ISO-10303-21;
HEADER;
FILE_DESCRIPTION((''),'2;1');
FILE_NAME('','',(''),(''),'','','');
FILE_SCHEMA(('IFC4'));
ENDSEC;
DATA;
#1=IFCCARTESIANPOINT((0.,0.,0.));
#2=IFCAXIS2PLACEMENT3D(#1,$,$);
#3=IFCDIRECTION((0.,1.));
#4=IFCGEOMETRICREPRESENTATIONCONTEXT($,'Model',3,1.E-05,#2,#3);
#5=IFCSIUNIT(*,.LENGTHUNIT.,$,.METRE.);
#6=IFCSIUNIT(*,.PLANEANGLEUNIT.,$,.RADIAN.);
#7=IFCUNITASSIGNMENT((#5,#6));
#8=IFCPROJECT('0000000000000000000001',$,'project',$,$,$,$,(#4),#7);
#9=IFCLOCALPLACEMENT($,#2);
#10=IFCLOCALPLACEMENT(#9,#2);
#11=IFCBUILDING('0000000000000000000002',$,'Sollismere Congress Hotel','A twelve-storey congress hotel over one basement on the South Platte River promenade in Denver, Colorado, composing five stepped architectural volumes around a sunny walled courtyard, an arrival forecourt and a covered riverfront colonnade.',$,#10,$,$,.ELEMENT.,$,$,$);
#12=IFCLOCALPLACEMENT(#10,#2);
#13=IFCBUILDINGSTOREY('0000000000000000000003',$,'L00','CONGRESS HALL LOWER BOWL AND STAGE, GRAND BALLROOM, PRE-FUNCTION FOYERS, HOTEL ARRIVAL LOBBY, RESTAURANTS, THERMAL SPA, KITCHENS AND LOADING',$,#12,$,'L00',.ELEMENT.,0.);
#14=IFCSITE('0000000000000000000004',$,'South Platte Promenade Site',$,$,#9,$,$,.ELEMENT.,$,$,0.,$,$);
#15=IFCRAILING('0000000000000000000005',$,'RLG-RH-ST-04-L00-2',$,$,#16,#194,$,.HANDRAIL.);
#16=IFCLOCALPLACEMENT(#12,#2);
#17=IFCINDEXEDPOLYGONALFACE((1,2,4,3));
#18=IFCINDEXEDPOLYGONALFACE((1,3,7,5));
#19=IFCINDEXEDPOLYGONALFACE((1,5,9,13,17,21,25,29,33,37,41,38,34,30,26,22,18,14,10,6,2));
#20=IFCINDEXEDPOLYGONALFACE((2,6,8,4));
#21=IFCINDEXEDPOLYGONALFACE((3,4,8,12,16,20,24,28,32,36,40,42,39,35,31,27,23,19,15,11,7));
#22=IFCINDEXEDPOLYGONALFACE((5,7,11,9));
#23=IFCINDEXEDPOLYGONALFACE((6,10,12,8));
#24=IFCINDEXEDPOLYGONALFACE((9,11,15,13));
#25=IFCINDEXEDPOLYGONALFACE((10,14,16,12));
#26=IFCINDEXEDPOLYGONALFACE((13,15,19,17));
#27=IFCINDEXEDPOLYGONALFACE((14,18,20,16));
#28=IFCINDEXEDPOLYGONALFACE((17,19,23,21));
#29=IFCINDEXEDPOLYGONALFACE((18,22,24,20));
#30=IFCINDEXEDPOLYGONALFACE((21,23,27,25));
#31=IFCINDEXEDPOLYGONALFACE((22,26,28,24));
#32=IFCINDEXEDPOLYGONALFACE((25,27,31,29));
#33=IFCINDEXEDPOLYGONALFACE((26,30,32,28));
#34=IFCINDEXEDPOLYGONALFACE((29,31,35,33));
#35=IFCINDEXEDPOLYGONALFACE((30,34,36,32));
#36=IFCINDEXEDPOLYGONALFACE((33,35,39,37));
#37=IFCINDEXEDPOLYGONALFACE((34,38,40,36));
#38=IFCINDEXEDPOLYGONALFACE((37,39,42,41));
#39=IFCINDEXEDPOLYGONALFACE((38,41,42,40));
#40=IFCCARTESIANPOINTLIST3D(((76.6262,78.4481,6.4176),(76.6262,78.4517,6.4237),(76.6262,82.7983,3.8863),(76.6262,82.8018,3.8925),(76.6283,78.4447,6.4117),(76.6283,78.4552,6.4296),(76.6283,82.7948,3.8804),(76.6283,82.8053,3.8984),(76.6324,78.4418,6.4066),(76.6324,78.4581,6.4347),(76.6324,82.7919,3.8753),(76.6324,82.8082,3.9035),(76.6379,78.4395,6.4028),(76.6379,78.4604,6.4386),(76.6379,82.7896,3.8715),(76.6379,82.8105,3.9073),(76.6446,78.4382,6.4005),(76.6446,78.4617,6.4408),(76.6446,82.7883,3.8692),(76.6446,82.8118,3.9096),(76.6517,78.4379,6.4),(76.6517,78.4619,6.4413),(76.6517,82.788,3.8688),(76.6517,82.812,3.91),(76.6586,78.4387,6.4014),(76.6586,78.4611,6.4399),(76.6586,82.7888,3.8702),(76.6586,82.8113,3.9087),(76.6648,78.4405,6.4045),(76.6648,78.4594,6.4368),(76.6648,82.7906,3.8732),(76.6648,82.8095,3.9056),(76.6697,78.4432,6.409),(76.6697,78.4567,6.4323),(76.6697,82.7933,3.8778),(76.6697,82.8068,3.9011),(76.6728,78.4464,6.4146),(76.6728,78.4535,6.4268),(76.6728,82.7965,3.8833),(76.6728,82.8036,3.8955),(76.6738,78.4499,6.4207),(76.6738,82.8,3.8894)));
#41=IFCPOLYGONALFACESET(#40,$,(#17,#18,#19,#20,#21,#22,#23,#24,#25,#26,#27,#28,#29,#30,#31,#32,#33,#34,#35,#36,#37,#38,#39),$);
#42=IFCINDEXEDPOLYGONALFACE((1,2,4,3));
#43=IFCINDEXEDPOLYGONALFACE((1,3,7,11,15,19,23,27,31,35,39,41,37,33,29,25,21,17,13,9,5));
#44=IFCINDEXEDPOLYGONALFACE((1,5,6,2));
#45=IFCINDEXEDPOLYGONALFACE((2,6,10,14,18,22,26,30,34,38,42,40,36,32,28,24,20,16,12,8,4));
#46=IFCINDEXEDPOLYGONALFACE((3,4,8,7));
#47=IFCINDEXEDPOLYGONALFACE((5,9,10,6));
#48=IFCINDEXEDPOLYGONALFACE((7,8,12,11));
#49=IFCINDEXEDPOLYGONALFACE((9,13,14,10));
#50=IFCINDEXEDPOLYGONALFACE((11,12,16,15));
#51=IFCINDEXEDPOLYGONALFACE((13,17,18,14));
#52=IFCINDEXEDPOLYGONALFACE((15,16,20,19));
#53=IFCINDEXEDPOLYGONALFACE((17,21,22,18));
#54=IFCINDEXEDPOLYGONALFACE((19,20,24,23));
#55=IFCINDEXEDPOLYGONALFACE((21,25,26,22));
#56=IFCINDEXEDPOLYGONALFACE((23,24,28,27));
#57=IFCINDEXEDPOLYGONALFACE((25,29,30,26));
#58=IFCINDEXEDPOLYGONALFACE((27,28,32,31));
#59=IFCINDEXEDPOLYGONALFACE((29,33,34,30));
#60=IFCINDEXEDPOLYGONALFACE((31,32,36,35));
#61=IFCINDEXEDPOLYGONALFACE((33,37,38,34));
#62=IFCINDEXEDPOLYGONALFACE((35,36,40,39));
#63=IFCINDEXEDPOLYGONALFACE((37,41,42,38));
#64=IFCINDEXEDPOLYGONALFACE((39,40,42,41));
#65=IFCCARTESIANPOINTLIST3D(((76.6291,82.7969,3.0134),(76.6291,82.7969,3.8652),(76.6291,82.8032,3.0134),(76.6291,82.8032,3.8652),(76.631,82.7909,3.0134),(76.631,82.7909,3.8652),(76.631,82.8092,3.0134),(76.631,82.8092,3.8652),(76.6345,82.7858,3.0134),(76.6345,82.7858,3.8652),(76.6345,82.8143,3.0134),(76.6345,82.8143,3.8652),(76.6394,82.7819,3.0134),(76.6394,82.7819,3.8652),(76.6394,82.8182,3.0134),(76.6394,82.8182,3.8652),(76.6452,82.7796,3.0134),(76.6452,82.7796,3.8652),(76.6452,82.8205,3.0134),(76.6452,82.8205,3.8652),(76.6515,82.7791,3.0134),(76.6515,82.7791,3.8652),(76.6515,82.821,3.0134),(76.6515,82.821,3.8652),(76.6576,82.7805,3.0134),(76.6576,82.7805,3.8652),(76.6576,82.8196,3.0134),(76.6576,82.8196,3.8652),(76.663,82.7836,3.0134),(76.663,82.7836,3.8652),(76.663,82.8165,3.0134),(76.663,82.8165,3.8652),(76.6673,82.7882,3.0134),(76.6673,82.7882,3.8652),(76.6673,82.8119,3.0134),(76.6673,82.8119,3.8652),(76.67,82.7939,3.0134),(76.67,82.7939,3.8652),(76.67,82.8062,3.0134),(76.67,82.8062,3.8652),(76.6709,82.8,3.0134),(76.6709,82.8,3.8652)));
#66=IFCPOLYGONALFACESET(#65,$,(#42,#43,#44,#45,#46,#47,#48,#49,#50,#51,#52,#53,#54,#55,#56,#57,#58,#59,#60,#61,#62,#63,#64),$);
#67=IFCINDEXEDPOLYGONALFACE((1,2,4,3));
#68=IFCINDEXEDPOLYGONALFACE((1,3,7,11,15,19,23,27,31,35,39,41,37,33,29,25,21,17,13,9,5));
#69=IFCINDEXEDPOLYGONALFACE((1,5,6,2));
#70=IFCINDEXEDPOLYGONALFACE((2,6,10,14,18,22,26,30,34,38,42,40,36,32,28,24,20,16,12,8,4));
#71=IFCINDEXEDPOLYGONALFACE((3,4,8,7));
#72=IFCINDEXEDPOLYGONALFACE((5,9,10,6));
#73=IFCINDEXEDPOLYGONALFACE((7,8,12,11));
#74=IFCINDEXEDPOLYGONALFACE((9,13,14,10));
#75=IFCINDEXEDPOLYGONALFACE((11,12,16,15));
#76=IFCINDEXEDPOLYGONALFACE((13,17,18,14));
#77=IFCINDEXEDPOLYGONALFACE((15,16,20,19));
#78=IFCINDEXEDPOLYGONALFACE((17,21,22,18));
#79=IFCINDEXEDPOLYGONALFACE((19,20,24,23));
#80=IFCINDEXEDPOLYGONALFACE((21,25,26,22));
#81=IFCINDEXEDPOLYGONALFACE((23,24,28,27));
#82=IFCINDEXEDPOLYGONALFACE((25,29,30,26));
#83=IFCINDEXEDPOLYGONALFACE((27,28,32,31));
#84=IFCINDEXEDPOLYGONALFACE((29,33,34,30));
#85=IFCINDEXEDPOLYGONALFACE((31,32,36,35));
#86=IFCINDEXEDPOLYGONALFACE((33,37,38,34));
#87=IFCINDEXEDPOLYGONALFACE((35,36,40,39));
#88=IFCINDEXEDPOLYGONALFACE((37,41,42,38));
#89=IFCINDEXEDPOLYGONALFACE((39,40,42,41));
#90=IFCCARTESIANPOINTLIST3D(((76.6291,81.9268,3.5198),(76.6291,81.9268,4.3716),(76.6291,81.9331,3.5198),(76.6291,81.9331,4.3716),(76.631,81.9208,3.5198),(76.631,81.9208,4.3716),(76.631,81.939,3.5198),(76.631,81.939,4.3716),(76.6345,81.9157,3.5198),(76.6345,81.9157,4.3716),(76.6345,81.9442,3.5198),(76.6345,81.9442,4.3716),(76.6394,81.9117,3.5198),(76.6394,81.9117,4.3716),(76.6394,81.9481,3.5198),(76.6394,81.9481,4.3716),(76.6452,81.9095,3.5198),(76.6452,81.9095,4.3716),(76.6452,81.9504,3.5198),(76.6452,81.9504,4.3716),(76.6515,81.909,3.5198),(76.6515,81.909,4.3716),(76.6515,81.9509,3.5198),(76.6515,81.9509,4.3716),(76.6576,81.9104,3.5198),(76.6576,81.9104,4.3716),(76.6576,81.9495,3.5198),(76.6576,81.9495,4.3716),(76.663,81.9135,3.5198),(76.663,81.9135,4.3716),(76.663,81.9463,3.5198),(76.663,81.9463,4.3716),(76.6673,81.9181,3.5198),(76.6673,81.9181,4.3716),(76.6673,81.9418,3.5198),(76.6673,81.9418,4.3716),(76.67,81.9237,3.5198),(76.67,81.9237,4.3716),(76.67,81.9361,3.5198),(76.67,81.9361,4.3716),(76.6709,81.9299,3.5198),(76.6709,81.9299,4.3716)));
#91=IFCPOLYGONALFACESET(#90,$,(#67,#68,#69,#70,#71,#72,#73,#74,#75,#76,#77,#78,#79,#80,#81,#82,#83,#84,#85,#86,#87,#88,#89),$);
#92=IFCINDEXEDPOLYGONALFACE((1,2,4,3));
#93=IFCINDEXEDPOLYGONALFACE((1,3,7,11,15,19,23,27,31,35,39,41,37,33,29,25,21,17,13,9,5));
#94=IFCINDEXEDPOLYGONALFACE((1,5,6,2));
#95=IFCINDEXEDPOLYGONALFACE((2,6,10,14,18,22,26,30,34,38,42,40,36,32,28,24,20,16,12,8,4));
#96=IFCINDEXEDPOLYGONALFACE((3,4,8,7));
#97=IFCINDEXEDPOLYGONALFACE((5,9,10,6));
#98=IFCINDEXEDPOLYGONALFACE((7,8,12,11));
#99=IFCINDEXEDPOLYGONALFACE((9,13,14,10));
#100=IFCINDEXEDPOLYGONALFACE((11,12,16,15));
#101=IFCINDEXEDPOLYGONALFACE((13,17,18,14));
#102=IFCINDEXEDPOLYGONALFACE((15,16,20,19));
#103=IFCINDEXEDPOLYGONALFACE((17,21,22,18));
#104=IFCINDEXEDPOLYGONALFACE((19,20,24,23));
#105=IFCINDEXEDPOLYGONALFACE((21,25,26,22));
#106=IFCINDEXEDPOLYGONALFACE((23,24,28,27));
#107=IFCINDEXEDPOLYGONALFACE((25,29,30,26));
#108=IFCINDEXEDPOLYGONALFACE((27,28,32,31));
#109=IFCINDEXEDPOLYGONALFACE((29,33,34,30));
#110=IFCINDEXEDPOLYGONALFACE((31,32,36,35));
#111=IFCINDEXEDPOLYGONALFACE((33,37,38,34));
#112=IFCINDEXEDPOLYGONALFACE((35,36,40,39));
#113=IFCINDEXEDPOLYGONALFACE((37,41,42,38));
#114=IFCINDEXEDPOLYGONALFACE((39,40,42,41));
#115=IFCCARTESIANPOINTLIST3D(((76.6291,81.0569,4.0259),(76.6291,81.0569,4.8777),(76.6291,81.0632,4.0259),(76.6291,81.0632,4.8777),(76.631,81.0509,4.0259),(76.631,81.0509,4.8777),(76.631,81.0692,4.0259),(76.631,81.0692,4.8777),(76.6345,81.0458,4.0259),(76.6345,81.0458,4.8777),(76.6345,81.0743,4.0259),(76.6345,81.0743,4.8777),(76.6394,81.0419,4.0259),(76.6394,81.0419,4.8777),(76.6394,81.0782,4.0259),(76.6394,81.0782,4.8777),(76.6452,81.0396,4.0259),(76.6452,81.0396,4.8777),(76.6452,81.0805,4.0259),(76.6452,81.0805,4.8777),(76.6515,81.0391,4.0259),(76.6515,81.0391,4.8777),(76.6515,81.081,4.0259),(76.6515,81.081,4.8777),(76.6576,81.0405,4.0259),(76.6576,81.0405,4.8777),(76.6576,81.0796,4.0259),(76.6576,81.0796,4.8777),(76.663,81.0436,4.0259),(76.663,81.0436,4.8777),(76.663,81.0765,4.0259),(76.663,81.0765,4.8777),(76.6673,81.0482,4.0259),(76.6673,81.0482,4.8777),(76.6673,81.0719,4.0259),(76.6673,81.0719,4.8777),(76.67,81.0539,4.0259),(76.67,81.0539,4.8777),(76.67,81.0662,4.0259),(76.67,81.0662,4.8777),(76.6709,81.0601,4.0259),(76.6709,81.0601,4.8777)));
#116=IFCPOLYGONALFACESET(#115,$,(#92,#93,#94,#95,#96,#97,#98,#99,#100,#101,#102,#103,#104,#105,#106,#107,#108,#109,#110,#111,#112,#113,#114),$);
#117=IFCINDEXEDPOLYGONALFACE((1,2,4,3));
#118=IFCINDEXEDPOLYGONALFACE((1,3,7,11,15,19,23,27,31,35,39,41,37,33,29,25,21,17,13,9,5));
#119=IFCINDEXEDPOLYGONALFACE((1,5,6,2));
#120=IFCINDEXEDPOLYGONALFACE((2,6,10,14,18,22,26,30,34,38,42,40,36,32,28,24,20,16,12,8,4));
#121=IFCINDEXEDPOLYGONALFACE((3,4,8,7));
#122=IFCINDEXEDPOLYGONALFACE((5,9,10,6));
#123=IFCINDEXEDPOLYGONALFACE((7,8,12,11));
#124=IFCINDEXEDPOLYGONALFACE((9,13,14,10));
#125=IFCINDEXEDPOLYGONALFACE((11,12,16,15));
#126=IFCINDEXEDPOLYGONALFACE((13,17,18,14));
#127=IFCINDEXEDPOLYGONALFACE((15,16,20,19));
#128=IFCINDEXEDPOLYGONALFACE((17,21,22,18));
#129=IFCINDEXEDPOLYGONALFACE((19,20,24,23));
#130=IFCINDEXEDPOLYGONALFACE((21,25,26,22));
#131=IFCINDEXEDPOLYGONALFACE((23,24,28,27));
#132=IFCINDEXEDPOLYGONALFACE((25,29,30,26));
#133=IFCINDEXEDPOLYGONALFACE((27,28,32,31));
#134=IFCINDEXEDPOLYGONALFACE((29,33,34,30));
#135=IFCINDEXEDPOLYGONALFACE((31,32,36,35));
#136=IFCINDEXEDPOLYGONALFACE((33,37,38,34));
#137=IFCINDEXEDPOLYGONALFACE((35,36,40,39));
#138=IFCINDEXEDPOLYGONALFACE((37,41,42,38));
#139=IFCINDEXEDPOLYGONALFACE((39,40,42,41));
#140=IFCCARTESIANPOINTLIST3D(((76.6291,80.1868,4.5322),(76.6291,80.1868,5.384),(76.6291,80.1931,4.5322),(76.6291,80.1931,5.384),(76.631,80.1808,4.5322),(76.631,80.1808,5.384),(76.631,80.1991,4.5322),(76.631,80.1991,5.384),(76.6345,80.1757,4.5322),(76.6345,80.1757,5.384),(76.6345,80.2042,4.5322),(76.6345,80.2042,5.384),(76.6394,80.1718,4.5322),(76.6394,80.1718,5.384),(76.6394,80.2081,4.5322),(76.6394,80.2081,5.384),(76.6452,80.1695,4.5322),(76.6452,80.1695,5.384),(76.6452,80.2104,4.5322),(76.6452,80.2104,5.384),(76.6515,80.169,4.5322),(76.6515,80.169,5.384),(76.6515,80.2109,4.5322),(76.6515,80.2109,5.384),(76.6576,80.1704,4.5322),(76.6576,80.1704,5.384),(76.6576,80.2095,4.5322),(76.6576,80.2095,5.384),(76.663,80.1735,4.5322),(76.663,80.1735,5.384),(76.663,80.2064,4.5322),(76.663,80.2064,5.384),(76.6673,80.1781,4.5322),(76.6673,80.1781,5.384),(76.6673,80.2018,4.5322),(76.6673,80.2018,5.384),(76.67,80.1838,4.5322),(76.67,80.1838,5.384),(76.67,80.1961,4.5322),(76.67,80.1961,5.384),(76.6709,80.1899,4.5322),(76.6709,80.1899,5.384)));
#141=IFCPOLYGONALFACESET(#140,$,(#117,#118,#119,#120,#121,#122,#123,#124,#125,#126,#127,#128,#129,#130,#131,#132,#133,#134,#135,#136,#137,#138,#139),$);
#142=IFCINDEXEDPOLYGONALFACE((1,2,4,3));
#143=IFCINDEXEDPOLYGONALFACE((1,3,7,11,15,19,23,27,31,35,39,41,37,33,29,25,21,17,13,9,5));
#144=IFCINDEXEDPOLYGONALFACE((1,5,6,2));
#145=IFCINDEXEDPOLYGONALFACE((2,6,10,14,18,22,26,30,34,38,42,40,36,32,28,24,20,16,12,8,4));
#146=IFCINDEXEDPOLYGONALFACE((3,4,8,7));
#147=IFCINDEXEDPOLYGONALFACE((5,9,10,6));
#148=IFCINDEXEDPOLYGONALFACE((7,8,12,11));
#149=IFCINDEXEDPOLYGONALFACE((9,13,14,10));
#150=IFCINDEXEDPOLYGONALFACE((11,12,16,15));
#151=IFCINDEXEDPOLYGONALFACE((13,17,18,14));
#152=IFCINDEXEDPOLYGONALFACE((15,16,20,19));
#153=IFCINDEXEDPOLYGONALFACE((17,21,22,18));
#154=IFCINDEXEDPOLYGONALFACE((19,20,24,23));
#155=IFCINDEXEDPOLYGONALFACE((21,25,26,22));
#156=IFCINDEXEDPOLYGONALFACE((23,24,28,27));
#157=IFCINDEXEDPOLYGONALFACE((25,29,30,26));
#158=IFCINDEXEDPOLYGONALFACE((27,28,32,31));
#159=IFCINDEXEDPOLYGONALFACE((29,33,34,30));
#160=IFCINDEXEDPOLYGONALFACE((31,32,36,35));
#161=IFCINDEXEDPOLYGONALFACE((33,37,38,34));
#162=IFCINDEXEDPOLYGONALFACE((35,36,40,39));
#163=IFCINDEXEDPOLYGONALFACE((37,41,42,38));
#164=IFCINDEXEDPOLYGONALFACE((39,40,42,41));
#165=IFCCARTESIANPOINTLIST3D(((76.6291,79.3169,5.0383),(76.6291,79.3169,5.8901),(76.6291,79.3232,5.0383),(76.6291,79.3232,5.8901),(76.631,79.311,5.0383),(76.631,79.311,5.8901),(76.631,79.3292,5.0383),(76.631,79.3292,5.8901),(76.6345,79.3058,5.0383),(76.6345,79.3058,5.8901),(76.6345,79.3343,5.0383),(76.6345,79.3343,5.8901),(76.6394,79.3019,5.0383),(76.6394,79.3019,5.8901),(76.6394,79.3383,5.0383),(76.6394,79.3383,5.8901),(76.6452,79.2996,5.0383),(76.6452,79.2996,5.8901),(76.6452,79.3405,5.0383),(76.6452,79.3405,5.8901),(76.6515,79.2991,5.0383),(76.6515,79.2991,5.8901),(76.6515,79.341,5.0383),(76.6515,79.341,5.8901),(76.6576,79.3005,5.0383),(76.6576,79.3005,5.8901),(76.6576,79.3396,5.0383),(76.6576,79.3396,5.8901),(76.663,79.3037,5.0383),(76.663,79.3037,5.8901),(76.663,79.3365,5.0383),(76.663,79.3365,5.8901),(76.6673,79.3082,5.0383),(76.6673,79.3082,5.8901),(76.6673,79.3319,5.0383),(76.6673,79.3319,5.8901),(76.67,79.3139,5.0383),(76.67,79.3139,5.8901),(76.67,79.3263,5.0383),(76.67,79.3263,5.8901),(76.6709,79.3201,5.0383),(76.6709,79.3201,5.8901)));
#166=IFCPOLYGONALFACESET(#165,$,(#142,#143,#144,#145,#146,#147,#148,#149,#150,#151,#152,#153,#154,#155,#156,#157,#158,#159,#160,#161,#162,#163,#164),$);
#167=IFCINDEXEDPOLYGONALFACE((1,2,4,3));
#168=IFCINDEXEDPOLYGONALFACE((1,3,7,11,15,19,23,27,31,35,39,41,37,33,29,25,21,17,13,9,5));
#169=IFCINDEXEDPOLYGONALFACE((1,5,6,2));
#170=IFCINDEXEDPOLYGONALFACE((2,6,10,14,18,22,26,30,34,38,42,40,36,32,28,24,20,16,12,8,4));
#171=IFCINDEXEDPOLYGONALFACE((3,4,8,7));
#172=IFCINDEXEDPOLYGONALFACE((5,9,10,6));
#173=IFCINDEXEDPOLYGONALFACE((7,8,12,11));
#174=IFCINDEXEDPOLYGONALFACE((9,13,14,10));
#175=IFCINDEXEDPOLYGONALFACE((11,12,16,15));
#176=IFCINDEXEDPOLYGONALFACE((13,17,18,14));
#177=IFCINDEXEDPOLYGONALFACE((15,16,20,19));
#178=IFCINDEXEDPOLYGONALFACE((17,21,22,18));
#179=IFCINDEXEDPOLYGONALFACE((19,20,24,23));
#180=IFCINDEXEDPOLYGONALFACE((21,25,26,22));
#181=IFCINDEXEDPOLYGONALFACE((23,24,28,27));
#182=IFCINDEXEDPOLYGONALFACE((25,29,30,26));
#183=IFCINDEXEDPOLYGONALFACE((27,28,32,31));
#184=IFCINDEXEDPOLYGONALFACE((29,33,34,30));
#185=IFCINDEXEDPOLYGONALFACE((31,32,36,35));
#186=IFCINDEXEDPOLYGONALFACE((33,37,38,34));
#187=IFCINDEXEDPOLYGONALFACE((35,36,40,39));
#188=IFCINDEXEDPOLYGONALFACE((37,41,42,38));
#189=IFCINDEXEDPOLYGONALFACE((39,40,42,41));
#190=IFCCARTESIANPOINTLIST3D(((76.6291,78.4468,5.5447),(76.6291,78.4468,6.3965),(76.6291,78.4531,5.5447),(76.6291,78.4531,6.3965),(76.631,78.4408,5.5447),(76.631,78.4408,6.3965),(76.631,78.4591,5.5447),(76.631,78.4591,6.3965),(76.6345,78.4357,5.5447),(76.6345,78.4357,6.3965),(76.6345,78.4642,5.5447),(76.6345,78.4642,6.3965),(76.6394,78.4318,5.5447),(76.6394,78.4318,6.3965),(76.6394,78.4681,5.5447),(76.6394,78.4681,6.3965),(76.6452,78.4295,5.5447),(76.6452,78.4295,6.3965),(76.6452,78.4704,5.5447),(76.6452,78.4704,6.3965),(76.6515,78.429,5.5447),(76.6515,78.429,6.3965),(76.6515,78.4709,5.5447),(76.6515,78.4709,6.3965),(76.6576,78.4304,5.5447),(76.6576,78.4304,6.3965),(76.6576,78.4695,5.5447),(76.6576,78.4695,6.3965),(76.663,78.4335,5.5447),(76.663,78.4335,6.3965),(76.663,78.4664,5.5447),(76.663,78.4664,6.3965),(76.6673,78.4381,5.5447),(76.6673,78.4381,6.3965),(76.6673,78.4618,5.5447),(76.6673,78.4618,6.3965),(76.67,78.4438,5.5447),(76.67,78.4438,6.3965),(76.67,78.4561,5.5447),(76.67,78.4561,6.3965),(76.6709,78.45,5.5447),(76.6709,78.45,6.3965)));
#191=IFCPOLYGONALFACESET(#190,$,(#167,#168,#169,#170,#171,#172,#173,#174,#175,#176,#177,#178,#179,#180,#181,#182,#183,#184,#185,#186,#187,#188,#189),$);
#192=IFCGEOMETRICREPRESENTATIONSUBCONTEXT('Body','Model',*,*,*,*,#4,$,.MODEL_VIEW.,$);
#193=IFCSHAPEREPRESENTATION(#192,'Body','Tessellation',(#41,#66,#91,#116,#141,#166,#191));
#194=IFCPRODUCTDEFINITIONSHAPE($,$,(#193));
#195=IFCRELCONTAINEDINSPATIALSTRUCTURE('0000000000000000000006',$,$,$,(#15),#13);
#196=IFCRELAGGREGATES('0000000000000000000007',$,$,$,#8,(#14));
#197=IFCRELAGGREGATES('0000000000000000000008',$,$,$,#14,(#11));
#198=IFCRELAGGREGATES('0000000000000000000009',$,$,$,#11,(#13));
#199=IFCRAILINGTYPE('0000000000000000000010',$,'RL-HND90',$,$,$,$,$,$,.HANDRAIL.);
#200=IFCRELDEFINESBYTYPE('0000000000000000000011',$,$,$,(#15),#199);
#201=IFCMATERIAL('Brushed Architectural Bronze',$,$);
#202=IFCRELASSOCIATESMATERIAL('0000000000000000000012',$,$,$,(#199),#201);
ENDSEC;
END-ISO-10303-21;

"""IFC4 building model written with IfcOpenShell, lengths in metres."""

from ifc_helpers import new_model, si_unit, direction, frame, origin, origin_2d, place, context, subcontext, project, spatial, circle, extrude, material, type_object, element, save


model = new_model("IFC4")

# Units and contexts
model_context = context("Model", 3, precision=1e-05, world=origin(), true_north=direction((0.0, 1.0)))
body_context = subcontext(model_context, "Body", "Model", "MODEL_VIEW")
ifc_project = project(units=[si_unit("LENGTHUNIT", "METRE"), si_unit("PLANEANGLEUNIT", "RADIAN")], contexts=[model_context])

# Site, building, storey
site_placement = place(None, origin())
site = spatial("IfcSite", under=ifc_project, at=site_placement, Name="South Platte Promenade Site", CompositionType="ELEMENT", RefElevation=0.0)
building_placement = place(site_placement, origin())
building = spatial("IfcBuilding", under=site, at=building_placement, Name="Sollismere Congress Hotel", Description="A twelve-storey congress hotel over one basement on the South Platte River promenade in Denver, Colorado, composing five stepped architectural volumes around a sunny walled courtyard, an arrival forecourt and a covered riverfront colonnade.", CompositionType="ELEMENT")
storey_placement = place(building_placement, origin())
storey = spatial("IfcBuildingStorey", under=building, at=storey_placement, Name="L00", Description="CONGRESS HALL LOWER BOWL AND STAGE, GRAND BALLROOM, PRE-FUNCTION FOYERS, HOTEL ARRIVAL LOBBY, RESTAURANTS, THERMAL SPA, KITCHENS AND LOADING", LongName="L00", CompositionType="ELEMENT", Elevation=0.0)

# Railing
ifc_material_1 = material(Name="Brushed Architectural Bronze")
railing_type_1 = type_object("IfcRailingType", Name="RL-HND90", PredefinedType="HANDRAIL", material=ifc_material_1)
railing_1_placement = place(storey_placement, frame((76.6499, 82.8, 3.0134)))
element("IfcRailing", 1, at=railing_1_placement, inside=storey, type_object=railing_type_1, Name="RLG-RH-ST-04-L00-2", PredefinedType="HANDRAIL", context=body_context, shape_type="SweptSolid", body=[
    extrude(circle(Radius=0.0239, at=origin_2d()), frame((0.0, 0.0, 0.876), z_axis=(0.0, -0.864324, 0.502936), x_axis=(1.0, 0.0, 0.0)), (0.0, 0.0, 1.0), 5.033),
    extrude(circle(Radius=0.021, at=origin_2d()), origin(), (0.0, 0.0, 1.0), 0.8518),
    extrude(circle(Radius=0.021, at=origin_2d()), frame((0.0, -0.8701, 0.5063)), (0.0, 0.0, 1.0), 0.8518),
    extrude(circle(Radius=0.021, at=origin_2d()), frame((0.0, -1.74, 1.0125)), (0.0, 0.0, 1.0), 0.8518),
    extrude(circle(Radius=0.021, at=origin_2d()), frame((0.0, -2.6101, 1.5188)), (0.0, 0.0, 1.0), 0.8518),
    extrude(circle(Radius=0.021, at=origin_2d()), frame((0.0, -3.48, 2.0249)), (0.0, 0.0, 1.0), 0.8518),
    extrude(circle(Radius=0.021, at=origin_2d()), frame((0.0, -4.3501, 2.5312)), (0.0, 0.0, 1.0), 0.8518),
])

save(model, "model.ifc")
